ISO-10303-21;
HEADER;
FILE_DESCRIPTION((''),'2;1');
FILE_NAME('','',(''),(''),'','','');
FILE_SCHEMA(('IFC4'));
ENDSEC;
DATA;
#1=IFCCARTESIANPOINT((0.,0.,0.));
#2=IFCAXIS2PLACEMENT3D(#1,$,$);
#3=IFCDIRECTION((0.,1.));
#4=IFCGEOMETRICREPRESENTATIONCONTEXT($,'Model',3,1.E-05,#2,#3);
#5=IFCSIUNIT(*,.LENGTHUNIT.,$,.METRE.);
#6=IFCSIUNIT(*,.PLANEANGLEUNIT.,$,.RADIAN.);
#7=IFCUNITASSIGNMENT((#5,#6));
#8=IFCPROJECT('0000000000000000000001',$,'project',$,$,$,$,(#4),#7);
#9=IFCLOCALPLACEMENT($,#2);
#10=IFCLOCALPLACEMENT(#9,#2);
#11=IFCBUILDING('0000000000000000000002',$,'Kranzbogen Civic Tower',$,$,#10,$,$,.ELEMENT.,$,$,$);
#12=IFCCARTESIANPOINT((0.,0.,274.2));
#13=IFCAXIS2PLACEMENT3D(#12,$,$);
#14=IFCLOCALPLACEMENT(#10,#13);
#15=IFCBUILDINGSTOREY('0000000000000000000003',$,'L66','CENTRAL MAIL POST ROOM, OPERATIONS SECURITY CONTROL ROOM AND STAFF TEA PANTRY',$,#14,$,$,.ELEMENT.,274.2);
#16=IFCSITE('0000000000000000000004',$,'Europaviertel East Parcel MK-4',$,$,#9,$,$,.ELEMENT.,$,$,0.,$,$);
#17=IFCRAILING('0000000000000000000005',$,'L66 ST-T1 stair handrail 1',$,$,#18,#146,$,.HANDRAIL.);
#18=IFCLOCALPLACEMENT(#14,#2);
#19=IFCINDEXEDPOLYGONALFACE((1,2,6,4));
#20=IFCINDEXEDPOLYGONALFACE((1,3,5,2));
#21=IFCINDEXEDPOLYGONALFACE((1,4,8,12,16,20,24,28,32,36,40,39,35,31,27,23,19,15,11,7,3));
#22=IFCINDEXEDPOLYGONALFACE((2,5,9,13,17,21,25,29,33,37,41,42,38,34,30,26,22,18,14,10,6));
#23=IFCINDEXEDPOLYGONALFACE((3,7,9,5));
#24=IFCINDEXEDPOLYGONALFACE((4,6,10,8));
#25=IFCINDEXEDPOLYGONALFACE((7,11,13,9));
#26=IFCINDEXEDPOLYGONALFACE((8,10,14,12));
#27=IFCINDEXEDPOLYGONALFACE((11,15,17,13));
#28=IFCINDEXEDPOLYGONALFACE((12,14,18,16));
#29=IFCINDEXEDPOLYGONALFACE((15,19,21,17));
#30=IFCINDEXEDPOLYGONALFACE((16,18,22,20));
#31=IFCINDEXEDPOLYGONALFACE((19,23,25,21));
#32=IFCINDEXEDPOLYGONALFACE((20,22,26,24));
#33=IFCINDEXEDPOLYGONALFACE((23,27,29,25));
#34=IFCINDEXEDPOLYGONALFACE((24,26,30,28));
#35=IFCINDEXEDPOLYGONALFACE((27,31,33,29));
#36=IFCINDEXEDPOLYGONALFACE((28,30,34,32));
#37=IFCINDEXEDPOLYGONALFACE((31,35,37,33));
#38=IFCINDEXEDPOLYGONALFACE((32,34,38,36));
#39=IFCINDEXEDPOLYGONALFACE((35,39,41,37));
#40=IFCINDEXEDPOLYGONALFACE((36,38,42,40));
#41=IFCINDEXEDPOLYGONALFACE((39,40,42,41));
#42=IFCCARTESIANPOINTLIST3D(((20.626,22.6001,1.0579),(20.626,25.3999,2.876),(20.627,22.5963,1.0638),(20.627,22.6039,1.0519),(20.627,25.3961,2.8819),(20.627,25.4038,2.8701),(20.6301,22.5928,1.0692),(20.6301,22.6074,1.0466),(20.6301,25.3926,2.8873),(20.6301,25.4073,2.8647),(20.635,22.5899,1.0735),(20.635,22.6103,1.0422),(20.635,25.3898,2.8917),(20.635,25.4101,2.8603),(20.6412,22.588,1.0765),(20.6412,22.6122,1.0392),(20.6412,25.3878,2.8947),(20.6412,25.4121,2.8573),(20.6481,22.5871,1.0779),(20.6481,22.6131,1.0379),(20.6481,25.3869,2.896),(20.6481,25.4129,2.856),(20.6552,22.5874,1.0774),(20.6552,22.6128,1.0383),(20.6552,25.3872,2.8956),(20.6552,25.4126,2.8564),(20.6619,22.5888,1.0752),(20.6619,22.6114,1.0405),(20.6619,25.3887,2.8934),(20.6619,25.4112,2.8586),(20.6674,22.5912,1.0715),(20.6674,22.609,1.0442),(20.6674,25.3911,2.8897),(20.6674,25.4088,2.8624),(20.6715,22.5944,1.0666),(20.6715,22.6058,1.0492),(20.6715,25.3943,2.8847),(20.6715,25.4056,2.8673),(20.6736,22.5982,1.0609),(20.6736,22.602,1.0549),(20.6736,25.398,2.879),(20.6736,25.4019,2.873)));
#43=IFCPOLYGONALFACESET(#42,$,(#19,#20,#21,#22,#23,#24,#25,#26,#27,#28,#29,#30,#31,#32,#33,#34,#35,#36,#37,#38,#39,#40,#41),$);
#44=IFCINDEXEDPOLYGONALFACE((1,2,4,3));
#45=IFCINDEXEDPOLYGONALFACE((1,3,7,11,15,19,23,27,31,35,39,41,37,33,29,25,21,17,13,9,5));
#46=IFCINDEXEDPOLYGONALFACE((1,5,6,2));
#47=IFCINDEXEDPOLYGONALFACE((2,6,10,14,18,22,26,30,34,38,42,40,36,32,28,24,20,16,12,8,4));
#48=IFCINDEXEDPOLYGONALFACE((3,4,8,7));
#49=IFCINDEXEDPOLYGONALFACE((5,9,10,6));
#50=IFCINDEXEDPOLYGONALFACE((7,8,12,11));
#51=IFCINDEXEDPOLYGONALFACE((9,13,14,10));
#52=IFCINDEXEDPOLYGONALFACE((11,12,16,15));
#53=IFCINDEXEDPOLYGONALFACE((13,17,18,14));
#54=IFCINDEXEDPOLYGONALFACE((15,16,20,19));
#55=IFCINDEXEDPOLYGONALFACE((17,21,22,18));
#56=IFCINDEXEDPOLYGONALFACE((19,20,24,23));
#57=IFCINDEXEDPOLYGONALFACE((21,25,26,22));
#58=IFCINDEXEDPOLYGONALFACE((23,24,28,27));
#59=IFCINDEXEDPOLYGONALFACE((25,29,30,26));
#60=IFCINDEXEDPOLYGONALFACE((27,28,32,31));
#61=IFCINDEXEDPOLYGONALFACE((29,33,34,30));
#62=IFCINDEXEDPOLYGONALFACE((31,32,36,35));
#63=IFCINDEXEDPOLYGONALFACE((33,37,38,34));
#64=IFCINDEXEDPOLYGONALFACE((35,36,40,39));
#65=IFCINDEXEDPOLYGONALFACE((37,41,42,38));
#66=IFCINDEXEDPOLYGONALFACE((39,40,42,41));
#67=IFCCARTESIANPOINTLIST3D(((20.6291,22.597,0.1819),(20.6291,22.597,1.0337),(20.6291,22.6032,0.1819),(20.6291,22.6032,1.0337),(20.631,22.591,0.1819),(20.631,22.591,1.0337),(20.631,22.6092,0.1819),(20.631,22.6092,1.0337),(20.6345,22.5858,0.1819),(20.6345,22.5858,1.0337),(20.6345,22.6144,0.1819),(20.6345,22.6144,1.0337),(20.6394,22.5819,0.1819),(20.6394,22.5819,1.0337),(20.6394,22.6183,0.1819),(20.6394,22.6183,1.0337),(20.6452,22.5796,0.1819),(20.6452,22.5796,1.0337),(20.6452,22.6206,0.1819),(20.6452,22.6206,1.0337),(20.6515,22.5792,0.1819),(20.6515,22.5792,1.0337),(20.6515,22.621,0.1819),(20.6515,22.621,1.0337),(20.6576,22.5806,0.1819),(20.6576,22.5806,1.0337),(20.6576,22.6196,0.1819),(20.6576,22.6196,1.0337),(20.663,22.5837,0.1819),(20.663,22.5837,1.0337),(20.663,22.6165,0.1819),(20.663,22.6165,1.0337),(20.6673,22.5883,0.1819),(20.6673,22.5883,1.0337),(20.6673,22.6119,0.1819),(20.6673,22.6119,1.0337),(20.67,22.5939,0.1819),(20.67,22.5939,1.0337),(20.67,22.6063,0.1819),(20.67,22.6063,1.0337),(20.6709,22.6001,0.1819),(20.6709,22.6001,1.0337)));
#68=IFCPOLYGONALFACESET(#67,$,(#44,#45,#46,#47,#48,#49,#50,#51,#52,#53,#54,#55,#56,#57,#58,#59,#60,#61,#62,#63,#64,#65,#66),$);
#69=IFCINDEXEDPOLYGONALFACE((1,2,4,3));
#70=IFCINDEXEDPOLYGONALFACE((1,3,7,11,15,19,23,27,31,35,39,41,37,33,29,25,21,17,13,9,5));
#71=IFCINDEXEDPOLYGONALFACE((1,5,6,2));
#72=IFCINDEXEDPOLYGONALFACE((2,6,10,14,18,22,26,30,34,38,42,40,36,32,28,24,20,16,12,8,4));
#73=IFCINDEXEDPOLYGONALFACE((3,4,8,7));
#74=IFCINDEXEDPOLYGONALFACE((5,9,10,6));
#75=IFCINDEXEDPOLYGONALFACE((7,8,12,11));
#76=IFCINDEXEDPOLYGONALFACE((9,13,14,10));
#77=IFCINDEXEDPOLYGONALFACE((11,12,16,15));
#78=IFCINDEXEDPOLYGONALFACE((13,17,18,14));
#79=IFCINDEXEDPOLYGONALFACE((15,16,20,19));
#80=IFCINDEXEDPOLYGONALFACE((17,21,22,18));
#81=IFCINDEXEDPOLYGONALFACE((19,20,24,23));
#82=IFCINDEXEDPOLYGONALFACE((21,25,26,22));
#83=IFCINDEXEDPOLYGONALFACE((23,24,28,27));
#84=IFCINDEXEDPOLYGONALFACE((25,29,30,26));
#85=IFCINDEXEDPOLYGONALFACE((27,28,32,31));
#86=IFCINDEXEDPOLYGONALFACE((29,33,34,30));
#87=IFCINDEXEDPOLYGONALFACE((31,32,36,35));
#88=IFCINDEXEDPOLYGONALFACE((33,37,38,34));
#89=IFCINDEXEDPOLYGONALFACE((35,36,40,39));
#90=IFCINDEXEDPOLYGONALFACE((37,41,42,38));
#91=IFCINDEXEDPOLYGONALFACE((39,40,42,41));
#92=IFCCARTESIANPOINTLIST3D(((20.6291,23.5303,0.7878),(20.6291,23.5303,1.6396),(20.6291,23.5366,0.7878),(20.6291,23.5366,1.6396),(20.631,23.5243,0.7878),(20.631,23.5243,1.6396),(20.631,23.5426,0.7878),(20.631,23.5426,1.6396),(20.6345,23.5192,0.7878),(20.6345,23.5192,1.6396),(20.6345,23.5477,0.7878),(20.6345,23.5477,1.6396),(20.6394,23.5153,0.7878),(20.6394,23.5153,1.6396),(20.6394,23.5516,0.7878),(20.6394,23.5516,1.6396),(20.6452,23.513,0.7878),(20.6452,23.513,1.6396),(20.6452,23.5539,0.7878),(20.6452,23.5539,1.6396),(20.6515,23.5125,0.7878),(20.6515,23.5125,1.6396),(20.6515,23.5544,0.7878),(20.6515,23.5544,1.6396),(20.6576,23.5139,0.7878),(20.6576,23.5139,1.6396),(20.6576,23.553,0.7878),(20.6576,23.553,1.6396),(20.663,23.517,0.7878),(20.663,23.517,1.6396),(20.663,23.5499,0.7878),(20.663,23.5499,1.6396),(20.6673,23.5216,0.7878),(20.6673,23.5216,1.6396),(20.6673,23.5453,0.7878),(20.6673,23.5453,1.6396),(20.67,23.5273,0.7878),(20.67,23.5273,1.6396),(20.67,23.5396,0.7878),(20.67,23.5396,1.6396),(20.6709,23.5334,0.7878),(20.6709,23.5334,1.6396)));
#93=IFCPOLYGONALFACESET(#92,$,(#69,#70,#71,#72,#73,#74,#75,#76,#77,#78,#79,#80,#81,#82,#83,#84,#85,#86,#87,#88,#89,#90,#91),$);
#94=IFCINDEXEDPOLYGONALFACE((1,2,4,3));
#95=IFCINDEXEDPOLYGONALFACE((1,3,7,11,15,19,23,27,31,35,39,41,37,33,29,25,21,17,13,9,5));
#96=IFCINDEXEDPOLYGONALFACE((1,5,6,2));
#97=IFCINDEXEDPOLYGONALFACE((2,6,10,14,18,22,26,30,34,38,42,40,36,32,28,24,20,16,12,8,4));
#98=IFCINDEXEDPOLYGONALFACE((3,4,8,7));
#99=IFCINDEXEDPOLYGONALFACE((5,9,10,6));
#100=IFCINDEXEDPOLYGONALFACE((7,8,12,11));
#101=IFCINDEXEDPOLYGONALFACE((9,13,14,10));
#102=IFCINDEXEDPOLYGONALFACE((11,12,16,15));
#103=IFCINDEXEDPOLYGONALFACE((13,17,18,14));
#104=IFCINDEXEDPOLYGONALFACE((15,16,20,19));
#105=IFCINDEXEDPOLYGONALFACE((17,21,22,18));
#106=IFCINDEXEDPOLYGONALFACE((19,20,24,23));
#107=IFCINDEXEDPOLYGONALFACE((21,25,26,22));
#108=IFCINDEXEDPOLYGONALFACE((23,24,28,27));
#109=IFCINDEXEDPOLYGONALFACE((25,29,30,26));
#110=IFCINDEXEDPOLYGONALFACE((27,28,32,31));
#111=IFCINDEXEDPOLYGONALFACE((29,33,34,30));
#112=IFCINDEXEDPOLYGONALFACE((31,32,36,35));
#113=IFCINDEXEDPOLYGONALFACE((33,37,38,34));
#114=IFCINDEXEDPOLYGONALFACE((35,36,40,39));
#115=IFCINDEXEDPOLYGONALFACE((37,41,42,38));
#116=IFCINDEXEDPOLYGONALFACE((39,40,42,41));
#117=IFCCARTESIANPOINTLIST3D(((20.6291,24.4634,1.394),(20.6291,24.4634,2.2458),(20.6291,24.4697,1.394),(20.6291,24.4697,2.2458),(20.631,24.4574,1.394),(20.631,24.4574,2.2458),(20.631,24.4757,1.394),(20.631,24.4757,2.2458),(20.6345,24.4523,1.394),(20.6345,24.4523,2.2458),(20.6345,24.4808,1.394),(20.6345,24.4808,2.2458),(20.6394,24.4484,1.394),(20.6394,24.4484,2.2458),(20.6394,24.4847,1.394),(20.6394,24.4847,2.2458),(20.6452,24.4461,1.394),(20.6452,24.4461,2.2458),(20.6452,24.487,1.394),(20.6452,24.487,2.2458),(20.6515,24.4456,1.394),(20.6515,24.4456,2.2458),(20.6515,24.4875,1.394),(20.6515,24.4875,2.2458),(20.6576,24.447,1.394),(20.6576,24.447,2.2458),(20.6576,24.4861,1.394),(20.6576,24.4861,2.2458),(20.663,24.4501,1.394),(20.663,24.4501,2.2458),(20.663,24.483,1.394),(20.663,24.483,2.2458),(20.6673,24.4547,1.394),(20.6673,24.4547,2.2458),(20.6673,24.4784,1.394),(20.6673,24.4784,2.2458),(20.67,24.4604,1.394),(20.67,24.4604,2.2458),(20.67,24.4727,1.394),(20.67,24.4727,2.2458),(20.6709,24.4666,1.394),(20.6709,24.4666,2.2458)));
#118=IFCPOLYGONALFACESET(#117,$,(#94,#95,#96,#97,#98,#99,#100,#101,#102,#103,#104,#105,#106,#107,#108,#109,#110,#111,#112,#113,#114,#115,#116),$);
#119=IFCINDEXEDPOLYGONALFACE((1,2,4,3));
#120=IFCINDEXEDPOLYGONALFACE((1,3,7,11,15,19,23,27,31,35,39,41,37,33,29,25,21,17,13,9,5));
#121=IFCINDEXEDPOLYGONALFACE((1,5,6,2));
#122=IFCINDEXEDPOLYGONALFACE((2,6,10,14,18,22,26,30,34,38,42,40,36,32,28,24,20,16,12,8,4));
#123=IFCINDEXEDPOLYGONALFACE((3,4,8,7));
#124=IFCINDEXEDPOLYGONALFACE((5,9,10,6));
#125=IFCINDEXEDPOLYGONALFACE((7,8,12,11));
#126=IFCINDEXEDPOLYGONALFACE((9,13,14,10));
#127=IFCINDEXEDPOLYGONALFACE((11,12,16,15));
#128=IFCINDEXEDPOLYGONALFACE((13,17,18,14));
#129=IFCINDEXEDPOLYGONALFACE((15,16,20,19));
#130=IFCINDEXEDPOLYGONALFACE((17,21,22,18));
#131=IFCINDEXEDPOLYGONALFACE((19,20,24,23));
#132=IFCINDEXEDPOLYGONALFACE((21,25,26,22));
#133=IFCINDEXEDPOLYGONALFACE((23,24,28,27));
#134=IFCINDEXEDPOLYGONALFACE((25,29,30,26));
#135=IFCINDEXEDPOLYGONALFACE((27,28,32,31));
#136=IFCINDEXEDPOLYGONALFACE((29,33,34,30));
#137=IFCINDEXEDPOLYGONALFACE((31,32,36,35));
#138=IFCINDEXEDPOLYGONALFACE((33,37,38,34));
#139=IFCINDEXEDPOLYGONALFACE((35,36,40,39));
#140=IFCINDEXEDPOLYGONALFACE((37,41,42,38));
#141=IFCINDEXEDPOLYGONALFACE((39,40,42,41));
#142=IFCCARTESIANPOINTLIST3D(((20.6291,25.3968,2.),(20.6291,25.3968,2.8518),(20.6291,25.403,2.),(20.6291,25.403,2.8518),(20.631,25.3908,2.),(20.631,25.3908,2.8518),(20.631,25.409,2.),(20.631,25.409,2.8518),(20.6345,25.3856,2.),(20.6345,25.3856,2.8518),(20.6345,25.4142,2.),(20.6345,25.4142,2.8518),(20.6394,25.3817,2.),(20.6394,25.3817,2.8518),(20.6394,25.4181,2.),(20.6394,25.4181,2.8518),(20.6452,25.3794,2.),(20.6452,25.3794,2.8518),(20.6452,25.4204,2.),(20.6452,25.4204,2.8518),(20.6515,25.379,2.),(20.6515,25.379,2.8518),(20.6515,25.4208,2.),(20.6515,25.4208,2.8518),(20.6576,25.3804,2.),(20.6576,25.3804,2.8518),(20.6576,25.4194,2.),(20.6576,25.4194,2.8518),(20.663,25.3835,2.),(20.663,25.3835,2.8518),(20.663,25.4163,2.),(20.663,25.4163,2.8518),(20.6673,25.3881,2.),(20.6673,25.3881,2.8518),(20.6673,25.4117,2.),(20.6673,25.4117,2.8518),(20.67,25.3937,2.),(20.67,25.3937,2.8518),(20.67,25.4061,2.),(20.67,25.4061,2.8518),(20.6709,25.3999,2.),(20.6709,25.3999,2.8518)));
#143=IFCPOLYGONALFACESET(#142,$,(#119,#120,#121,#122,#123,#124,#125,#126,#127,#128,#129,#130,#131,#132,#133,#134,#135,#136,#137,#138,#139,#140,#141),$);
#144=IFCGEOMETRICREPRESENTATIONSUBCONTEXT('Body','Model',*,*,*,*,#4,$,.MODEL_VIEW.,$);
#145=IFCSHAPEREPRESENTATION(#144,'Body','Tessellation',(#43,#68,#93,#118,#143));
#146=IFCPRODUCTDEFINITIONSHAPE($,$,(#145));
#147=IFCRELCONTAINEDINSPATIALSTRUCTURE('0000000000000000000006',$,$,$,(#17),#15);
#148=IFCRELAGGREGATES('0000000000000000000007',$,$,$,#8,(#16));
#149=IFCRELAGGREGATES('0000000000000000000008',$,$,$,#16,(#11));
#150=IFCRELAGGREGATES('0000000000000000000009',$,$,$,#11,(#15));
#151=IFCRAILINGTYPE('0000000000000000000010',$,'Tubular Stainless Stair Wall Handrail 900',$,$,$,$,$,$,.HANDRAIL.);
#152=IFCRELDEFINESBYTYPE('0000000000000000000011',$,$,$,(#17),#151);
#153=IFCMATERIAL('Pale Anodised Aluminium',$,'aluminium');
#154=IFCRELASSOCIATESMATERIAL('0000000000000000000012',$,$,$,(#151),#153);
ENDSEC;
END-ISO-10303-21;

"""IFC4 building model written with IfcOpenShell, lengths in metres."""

from ifc_helpers import new_model, si_unit, direction, frame, origin, origin_2d, place, context, subcontext, project, spatial, circle, extrude, material, type_object, element, save


model = new_model("IFC4")

# Units and contexts
model_context = context("Model", 3, precision=1e-05, world=origin(), true_north=direction((0.0, 1.0)))
body_context = subcontext(model_context, "Body", "Model", "MODEL_VIEW")
ifc_project = project(units=[si_unit("LENGTHUNIT", "METRE"), si_unit("PLANEANGLEUNIT", "RADIAN")], contexts=[model_context])

# Site, building, storey
site_placement = place(None, origin())
site = spatial("IfcSite", under=ifc_project, at=site_placement, Name="Europaviertel East Parcel MK-4", CompositionType="ELEMENT", RefElevation=0.0)
building_placement = place(site_placement, origin())
building = spatial("IfcBuilding", under=site, at=building_placement, Name="Kranzbogen Civic Tower", CompositionType="ELEMENT")
storey_placement = place(building_placement, frame((0.0, 0.0, 274.2)))
storey = spatial("IfcBuildingStorey", under=building, at=storey_placement, Name="L66", Description="CENTRAL MAIL POST ROOM, OPERATIONS SECURITY CONTROL ROOM AND STAFF TEA PANTRY", CompositionType="ELEMENT", Elevation=274.2)

# Shared definitions
ifc_material_1 = material(Name="Pale Anodised Aluminium", Category="aluminium")

# Railing
railing_type_1 = type_object("IfcRailingType", Name="Tubular Stainless Stair Wall Handrail 900", PredefinedType="HANDRAIL", material=ifc_material_1)
railing_1_placement = place(storey_placement, frame((20.6499, 22.6001, 0.1819)))
element("IfcRailing", 1, at=railing_1_placement, inside=storey, type_object=railing_type_1, Name="L66 ST-T1 stair handrail 1", PredefinedType="HANDRAIL", context=body_context, shape_type="SweptSolid", body=[
    extrude(circle(Radius=0.0239, at=origin_2d()), frame((0.0, 0.0, 0.876), z_axis=(0.0, 0.838684, 0.544618), x_axis=(-1.0, 0.0, 0.0)), (0.0, 0.0, 1.0), 3.3384),
    extrude(circle(Radius=0.021, at=origin_2d()), origin(), (0.0, 0.0, 1.0), 0.8518),
    extrude(circle(Radius=0.021, at=origin_2d()), frame((0.0, 0.9333, 0.606)), (0.0, 0.0, 1.0), 0.8518),
    extrude(circle(Radius=0.021, at=origin_2d()), frame((0.0, 1.8665, 1.2122)), (0.0, 0.0, 1.0), 0.8518),
    extrude(circle(Radius=0.021, at=origin_2d()), frame((0.0, 2.7998, 1.8181)), (0.0, 0.0, 1.0), 0.8518),
])

save(model, "model.ifc")
